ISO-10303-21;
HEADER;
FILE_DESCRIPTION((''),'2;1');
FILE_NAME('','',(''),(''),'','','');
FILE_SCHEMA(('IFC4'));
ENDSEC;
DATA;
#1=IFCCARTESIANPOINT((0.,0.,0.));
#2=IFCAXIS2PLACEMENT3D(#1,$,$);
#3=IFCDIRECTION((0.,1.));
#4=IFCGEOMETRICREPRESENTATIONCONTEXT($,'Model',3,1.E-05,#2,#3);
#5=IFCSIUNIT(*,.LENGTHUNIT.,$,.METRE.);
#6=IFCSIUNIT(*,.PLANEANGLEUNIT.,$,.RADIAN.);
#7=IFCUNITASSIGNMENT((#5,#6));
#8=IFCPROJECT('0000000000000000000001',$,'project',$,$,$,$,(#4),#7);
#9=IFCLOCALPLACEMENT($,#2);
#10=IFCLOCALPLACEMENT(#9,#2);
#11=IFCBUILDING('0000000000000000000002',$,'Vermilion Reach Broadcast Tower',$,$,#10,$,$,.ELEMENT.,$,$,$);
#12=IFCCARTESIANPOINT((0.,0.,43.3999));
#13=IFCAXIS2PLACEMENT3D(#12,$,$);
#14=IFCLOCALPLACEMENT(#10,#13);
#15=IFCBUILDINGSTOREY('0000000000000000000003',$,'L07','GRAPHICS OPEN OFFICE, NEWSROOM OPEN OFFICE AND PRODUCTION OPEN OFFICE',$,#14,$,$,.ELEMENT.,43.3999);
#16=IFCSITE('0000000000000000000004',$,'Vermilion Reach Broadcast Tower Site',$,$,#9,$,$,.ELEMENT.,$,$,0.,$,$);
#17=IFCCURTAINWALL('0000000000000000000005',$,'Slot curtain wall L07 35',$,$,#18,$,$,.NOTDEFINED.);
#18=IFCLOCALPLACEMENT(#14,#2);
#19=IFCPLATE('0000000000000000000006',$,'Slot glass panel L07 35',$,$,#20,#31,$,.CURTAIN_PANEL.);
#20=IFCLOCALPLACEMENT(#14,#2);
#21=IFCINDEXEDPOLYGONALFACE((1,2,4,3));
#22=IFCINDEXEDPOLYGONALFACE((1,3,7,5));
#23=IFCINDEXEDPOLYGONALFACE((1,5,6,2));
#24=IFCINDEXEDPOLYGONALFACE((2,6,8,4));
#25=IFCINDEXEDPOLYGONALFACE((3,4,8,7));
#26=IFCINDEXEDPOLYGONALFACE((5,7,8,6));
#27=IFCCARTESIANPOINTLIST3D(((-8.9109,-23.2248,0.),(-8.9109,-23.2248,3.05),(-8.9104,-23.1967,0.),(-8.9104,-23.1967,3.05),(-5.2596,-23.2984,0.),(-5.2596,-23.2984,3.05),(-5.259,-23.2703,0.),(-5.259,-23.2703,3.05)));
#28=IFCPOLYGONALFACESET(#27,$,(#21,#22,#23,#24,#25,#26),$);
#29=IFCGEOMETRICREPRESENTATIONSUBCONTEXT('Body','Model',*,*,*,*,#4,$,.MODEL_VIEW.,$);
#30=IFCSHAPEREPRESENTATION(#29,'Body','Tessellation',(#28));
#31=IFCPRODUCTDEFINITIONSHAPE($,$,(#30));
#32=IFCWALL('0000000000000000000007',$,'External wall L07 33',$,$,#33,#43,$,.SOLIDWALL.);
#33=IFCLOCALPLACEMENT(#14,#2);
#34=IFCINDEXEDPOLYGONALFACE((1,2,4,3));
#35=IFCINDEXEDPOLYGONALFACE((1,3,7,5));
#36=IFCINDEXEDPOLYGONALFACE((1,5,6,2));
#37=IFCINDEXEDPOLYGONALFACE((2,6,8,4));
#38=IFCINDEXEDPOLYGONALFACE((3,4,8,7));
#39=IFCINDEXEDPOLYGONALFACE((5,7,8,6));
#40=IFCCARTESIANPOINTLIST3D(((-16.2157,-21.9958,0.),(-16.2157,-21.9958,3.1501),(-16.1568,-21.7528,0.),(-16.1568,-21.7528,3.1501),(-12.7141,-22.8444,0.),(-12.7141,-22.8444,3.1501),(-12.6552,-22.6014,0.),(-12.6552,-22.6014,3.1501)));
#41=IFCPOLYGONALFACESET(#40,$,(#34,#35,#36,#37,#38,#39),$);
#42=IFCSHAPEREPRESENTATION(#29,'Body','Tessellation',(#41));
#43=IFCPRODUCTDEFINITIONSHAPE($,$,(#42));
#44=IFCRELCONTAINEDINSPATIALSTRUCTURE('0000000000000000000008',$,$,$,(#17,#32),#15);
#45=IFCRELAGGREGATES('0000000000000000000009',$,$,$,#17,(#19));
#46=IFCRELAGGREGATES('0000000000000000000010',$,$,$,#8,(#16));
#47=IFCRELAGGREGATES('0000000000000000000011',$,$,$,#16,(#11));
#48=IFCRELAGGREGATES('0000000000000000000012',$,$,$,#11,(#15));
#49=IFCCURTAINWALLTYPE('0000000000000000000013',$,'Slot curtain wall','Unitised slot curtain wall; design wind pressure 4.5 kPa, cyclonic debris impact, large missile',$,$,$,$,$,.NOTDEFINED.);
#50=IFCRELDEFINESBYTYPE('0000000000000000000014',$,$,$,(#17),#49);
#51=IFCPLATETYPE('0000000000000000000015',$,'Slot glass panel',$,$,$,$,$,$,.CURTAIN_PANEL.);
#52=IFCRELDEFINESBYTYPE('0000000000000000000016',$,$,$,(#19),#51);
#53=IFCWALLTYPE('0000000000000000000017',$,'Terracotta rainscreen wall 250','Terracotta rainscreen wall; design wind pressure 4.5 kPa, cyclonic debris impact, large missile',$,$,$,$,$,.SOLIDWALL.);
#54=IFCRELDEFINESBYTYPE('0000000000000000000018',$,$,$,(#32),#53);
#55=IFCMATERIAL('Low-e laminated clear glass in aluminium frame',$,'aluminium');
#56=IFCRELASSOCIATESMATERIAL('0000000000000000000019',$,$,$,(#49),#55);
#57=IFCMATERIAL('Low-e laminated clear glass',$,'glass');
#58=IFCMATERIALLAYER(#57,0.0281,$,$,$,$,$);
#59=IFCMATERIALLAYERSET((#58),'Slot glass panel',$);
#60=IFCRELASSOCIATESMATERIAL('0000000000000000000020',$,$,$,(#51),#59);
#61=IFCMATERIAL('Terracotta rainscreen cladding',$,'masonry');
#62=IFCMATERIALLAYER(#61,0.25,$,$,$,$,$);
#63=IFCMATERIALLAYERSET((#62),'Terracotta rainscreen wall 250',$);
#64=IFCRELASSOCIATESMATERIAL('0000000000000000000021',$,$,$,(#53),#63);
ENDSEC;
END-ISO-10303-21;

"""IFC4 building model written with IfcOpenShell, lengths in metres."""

from ifc_helpers import new_model, si_unit, direction, frame, frame_2d, origin, origin_2d, place, context, subcontext, project, spatial, rectangle, extrude, material, layer, layer_set, type_object, element, aggregate, save


model = new_model("IFC4")

# Units and contexts
model_context = context("Model", 3, precision=1e-05, world=origin(), true_north=direction((0.0, 1.0)))
body_context = subcontext(model_context, "Body", "Model", "MODEL_VIEW")
ifc_project = project(units=[si_unit("LENGTHUNIT", "METRE"), si_unit("PLANEANGLEUNIT", "RADIAN")], contexts=[model_context])

# Site, building, storey
site_placement = place(None, origin())
site = spatial("IfcSite", under=ifc_project, at=site_placement, Name="Vermilion Reach Broadcast Tower Site", CompositionType="ELEMENT", RefElevation=0.0)
building_placement = place(site_placement, origin())
building = spatial("IfcBuilding", under=site, at=building_placement, Name="Vermilion Reach Broadcast Tower", CompositionType="ELEMENT")
storey_placement = place(building_placement, frame((0.0, 0.0, 43.3999)))
storey = spatial("IfcBuildingStorey", under=building, at=storey_placement, Name="L07", Description="GRAPHICS OPEN OFFICE, NEWSROOM OPEN OFFICE AND PRODUCTION OPEN OFFICE", CompositionType="ELEMENT", Elevation=43.3999)

# Curtain wall
ifc_material_1 = material(Name="Low-e laminated clear glass in aluminium frame", Category="aluminium")
curtain_wall_type = type_object("IfcCurtainWallType", Name="Slot curtain wall", Description="Unitised slot curtain wall; design wind pressure 4.5 kPa, cyclonic debris impact, large missile", PredefinedType="NOTDEFINED", material=ifc_material_1)
placement = place(storey_placement, origin())
curtain_wall_1 = element("IfcCurtainWall", 1, at=placement, inside=storey, type_object=curtain_wall_type, Name="Slot curtain wall L07 35", PredefinedType="NOTDEFINED")

# Plate
ifc_material_2 = material(Name="Low-e laminated clear glass", Category="glass")
ifc_layer_1 = layer(ifc_material_2, 0.0281)
ifc_layer_set_1 = layer_set([ifc_layer_1], Name="Slot glass panel")
plate_type = type_object("IfcPlateType", Name="Slot glass panel", PredefinedType="CURTAIN_PANEL", material=ifc_layer_set_1)
plate_1_placement = place(storey_placement, frame((-7.085, -23.2476, 0.0), z_axis=(0.0, 0.0, 1.0), x_axis=(0.999797, -0.020146, 0.0)))
plate_1 = element("IfcPlate", 2, at=plate_1_placement, type_object=plate_type, Name="Slot glass panel L07 35", PredefinedType="CURTAIN_PANEL", context=body_context, shape_type="SweptSolid", body=[
    extrude(rectangle(XDim=3.6521, YDim=0.0281, at=origin_2d()), origin(), (0.0, 0.0, 1.0), 3.05),
])
aggregate(curtain_wall_1, [plate_1])

# Wall
ifc_material_3 = material(Name="Terracotta rainscreen cladding", Category="masonry")
ifc_layer_2 = layer(ifc_material_3, 0.25)
ifc_layer_set_2 = layer_set([ifc_layer_2], Name="Terracotta rainscreen wall 250")
wall_type = type_object("IfcWallType", Name="Terracotta rainscreen wall 250", Description="Terracotta rainscreen wall; design wind pressure 4.5 kPa, cyclonic debris impact, large missile", PredefinedType="SOLIDWALL", material=ifc_layer_set_2)
wall_placement = place(storey_placement, frame((-16.1863, -21.8743, 0.0), z_axis=(0.0, 0.0, 1.0), x_axis=(0.971867, -0.23553, 0.0)))
element("IfcWall", 3, at=wall_placement, inside=storey, type_object=wall_type, Name="External wall L07 33", PredefinedType="SOLIDWALL", context=body_context, shape_type="SweptSolid", body=[
    extrude(rectangle(XDim=3.603, YDim=0.25, at=frame_2d((1.8015, 0.0))), origin(), (0.0, 0.0, 1.0), 3.1501),
])

save(model, "model.ifc")
